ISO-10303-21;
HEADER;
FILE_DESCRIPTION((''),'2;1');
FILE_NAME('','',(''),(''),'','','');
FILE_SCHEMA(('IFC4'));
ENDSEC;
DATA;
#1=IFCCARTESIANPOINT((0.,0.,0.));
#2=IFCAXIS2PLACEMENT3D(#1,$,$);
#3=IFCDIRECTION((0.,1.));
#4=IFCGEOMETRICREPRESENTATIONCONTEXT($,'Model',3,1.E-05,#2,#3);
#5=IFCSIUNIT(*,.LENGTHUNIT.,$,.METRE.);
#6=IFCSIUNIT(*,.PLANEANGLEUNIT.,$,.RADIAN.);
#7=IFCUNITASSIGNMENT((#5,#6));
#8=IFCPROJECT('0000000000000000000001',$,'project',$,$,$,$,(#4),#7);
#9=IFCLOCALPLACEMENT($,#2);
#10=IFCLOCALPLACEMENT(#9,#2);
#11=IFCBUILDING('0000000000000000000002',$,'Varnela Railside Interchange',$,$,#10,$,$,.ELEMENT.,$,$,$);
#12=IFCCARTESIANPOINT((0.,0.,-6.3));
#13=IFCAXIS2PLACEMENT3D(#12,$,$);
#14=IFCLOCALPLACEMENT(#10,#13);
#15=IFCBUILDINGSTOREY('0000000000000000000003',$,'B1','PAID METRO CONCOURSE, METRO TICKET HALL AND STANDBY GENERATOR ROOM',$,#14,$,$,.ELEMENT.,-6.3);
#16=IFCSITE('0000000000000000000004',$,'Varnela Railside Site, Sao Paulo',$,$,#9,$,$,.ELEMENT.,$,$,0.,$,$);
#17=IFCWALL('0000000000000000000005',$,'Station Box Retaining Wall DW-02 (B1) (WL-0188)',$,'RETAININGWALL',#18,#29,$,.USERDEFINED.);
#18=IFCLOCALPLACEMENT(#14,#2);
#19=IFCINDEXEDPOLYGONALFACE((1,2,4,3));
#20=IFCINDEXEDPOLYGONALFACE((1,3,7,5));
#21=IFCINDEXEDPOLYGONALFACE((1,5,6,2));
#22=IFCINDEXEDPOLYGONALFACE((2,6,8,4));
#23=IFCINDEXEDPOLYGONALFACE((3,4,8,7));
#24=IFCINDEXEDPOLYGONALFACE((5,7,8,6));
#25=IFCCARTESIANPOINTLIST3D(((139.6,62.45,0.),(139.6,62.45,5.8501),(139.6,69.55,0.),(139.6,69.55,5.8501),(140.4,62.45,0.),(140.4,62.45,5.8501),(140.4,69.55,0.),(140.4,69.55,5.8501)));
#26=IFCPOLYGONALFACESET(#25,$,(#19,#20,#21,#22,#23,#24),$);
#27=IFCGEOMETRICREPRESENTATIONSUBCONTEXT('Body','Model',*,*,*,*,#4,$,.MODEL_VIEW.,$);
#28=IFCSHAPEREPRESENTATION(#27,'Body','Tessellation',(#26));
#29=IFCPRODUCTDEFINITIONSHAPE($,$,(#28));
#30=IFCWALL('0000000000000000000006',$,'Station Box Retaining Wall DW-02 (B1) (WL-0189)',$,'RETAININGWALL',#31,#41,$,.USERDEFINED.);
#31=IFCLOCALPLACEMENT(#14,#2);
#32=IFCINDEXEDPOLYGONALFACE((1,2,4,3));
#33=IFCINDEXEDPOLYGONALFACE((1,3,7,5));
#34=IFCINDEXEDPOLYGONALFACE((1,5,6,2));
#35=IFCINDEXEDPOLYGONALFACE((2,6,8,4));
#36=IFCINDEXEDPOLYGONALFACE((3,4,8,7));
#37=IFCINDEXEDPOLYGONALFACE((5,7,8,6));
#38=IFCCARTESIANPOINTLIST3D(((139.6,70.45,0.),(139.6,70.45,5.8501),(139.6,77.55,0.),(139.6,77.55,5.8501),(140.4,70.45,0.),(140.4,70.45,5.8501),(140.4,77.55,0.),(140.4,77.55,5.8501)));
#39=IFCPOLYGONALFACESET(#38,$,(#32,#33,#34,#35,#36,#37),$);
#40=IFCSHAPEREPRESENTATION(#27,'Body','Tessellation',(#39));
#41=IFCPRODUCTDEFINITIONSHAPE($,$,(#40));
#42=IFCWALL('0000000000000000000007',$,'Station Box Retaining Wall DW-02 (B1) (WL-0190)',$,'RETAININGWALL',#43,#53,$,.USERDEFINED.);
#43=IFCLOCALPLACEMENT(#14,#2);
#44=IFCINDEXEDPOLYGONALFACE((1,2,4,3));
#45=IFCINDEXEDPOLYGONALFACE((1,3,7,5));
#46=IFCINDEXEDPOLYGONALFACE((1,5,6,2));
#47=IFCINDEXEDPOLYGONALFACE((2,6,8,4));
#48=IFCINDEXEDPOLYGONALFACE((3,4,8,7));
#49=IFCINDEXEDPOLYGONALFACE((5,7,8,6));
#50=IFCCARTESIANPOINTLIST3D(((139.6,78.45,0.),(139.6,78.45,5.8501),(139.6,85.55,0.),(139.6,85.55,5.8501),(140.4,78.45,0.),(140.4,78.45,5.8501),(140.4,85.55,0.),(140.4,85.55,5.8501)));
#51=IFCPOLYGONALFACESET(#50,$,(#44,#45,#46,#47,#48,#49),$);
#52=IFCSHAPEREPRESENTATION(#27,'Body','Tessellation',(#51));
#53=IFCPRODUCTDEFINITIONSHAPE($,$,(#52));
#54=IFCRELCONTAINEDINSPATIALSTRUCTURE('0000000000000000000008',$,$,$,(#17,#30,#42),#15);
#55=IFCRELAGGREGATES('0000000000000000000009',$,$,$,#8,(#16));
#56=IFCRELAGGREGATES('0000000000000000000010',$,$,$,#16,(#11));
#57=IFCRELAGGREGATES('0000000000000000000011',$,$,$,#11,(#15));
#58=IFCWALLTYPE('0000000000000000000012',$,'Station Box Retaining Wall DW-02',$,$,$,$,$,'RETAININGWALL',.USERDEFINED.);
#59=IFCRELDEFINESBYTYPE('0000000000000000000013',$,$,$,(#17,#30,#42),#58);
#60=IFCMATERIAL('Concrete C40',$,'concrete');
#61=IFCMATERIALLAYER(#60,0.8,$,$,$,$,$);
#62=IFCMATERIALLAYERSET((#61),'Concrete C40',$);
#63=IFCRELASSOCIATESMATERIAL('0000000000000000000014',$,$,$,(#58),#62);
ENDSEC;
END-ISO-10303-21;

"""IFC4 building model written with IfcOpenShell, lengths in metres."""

from ifc_helpers import new_model, si_unit, direction, frame, frame_2d, origin, place, context, subcontext, project, spatial, rectangle, extrude, material, layer, layer_set, type_object, element, save


model = new_model("IFC4")

# Units and contexts
model_context = context("Model", 3, precision=1e-05, world=origin(), true_north=direction((0.0, 1.0)))
body_context = subcontext(model_context, "Body", "Model", "MODEL_VIEW")
ifc_project = project(units=[si_unit("LENGTHUNIT", "METRE"), si_unit("PLANEANGLEUNIT", "RADIAN")], contexts=[model_context])

# Site, building, storey
site_placement = place(None, origin())
site = spatial("IfcSite", under=ifc_project, at=site_placement, Name="Varnela Railside Site, Sao Paulo", CompositionType="ELEMENT", RefElevation=0.0)
building_placement = place(site_placement, origin())
building = spatial("IfcBuilding", under=site, at=building_placement, Name="Varnela Railside Interchange", CompositionType="ELEMENT")
storey_placement = place(building_placement, frame((0.0, 0.0, -6.3)))
storey = spatial("IfcBuildingStorey", under=building, at=storey_placement, Name="B1", Description="PAID METRO CONCOURSE, METRO TICKET HALL AND STANDBY GENERATOR ROOM", CompositionType="ELEMENT", Elevation=-6.3)

# Shared definitions
ifc_material_1 = material(Name="Concrete C40", Category="concrete")

# Walls
ifc_layer_1 = layer(ifc_material_1, 0.8)
ifc_layer_set_1 = layer_set([ifc_layer_1], Name="Concrete C40")
wall_type_1 = type_object("IfcWallType", Name="Station Box Retaining Wall DW-02", ElementType="RETAININGWALL", PredefinedType="USERDEFINED", material=ifc_layer_set_1)
for number, where, z_axis, x_axis, name in (
    (1, (140.0, 62.45, 0.0), (0.0, 0.0, 1.0), (0.0, 1.0, 0.0), "Station Box Retaining Wall DW-02 (B1) (WL-0188)"),
    (2, (140.0, 70.45, 0.0), (0.0, 0.0, 1.0), (0.0, 1.0, 0.0), "Station Box Retaining Wall DW-02 (B1) (WL-0189)"),
    (3, (140.0, 78.45, 0.0), (0.0, 0.0, 1.0), (0.0, 1.0, 0.0), "Station Box Retaining Wall DW-02 (B1) (WL-0190)"),
):
    element("IfcWall", number, at=place(storey_placement, frame(where, z_axis=z_axis, x_axis=x_axis)), inside=storey, type_object=wall_type_1, Name=name, ObjectType="RETAININGWALL", PredefinedType="USERDEFINED", context=body_context, shape_type="SweptSolid", body=[
        extrude(rectangle(XDim=7.1001, YDim=0.8, at=frame_2d((3.55, 0.0))), origin(), (0.0, 0.0, 1.0), 5.8501),
    ])

save(model, "model.ifc")
